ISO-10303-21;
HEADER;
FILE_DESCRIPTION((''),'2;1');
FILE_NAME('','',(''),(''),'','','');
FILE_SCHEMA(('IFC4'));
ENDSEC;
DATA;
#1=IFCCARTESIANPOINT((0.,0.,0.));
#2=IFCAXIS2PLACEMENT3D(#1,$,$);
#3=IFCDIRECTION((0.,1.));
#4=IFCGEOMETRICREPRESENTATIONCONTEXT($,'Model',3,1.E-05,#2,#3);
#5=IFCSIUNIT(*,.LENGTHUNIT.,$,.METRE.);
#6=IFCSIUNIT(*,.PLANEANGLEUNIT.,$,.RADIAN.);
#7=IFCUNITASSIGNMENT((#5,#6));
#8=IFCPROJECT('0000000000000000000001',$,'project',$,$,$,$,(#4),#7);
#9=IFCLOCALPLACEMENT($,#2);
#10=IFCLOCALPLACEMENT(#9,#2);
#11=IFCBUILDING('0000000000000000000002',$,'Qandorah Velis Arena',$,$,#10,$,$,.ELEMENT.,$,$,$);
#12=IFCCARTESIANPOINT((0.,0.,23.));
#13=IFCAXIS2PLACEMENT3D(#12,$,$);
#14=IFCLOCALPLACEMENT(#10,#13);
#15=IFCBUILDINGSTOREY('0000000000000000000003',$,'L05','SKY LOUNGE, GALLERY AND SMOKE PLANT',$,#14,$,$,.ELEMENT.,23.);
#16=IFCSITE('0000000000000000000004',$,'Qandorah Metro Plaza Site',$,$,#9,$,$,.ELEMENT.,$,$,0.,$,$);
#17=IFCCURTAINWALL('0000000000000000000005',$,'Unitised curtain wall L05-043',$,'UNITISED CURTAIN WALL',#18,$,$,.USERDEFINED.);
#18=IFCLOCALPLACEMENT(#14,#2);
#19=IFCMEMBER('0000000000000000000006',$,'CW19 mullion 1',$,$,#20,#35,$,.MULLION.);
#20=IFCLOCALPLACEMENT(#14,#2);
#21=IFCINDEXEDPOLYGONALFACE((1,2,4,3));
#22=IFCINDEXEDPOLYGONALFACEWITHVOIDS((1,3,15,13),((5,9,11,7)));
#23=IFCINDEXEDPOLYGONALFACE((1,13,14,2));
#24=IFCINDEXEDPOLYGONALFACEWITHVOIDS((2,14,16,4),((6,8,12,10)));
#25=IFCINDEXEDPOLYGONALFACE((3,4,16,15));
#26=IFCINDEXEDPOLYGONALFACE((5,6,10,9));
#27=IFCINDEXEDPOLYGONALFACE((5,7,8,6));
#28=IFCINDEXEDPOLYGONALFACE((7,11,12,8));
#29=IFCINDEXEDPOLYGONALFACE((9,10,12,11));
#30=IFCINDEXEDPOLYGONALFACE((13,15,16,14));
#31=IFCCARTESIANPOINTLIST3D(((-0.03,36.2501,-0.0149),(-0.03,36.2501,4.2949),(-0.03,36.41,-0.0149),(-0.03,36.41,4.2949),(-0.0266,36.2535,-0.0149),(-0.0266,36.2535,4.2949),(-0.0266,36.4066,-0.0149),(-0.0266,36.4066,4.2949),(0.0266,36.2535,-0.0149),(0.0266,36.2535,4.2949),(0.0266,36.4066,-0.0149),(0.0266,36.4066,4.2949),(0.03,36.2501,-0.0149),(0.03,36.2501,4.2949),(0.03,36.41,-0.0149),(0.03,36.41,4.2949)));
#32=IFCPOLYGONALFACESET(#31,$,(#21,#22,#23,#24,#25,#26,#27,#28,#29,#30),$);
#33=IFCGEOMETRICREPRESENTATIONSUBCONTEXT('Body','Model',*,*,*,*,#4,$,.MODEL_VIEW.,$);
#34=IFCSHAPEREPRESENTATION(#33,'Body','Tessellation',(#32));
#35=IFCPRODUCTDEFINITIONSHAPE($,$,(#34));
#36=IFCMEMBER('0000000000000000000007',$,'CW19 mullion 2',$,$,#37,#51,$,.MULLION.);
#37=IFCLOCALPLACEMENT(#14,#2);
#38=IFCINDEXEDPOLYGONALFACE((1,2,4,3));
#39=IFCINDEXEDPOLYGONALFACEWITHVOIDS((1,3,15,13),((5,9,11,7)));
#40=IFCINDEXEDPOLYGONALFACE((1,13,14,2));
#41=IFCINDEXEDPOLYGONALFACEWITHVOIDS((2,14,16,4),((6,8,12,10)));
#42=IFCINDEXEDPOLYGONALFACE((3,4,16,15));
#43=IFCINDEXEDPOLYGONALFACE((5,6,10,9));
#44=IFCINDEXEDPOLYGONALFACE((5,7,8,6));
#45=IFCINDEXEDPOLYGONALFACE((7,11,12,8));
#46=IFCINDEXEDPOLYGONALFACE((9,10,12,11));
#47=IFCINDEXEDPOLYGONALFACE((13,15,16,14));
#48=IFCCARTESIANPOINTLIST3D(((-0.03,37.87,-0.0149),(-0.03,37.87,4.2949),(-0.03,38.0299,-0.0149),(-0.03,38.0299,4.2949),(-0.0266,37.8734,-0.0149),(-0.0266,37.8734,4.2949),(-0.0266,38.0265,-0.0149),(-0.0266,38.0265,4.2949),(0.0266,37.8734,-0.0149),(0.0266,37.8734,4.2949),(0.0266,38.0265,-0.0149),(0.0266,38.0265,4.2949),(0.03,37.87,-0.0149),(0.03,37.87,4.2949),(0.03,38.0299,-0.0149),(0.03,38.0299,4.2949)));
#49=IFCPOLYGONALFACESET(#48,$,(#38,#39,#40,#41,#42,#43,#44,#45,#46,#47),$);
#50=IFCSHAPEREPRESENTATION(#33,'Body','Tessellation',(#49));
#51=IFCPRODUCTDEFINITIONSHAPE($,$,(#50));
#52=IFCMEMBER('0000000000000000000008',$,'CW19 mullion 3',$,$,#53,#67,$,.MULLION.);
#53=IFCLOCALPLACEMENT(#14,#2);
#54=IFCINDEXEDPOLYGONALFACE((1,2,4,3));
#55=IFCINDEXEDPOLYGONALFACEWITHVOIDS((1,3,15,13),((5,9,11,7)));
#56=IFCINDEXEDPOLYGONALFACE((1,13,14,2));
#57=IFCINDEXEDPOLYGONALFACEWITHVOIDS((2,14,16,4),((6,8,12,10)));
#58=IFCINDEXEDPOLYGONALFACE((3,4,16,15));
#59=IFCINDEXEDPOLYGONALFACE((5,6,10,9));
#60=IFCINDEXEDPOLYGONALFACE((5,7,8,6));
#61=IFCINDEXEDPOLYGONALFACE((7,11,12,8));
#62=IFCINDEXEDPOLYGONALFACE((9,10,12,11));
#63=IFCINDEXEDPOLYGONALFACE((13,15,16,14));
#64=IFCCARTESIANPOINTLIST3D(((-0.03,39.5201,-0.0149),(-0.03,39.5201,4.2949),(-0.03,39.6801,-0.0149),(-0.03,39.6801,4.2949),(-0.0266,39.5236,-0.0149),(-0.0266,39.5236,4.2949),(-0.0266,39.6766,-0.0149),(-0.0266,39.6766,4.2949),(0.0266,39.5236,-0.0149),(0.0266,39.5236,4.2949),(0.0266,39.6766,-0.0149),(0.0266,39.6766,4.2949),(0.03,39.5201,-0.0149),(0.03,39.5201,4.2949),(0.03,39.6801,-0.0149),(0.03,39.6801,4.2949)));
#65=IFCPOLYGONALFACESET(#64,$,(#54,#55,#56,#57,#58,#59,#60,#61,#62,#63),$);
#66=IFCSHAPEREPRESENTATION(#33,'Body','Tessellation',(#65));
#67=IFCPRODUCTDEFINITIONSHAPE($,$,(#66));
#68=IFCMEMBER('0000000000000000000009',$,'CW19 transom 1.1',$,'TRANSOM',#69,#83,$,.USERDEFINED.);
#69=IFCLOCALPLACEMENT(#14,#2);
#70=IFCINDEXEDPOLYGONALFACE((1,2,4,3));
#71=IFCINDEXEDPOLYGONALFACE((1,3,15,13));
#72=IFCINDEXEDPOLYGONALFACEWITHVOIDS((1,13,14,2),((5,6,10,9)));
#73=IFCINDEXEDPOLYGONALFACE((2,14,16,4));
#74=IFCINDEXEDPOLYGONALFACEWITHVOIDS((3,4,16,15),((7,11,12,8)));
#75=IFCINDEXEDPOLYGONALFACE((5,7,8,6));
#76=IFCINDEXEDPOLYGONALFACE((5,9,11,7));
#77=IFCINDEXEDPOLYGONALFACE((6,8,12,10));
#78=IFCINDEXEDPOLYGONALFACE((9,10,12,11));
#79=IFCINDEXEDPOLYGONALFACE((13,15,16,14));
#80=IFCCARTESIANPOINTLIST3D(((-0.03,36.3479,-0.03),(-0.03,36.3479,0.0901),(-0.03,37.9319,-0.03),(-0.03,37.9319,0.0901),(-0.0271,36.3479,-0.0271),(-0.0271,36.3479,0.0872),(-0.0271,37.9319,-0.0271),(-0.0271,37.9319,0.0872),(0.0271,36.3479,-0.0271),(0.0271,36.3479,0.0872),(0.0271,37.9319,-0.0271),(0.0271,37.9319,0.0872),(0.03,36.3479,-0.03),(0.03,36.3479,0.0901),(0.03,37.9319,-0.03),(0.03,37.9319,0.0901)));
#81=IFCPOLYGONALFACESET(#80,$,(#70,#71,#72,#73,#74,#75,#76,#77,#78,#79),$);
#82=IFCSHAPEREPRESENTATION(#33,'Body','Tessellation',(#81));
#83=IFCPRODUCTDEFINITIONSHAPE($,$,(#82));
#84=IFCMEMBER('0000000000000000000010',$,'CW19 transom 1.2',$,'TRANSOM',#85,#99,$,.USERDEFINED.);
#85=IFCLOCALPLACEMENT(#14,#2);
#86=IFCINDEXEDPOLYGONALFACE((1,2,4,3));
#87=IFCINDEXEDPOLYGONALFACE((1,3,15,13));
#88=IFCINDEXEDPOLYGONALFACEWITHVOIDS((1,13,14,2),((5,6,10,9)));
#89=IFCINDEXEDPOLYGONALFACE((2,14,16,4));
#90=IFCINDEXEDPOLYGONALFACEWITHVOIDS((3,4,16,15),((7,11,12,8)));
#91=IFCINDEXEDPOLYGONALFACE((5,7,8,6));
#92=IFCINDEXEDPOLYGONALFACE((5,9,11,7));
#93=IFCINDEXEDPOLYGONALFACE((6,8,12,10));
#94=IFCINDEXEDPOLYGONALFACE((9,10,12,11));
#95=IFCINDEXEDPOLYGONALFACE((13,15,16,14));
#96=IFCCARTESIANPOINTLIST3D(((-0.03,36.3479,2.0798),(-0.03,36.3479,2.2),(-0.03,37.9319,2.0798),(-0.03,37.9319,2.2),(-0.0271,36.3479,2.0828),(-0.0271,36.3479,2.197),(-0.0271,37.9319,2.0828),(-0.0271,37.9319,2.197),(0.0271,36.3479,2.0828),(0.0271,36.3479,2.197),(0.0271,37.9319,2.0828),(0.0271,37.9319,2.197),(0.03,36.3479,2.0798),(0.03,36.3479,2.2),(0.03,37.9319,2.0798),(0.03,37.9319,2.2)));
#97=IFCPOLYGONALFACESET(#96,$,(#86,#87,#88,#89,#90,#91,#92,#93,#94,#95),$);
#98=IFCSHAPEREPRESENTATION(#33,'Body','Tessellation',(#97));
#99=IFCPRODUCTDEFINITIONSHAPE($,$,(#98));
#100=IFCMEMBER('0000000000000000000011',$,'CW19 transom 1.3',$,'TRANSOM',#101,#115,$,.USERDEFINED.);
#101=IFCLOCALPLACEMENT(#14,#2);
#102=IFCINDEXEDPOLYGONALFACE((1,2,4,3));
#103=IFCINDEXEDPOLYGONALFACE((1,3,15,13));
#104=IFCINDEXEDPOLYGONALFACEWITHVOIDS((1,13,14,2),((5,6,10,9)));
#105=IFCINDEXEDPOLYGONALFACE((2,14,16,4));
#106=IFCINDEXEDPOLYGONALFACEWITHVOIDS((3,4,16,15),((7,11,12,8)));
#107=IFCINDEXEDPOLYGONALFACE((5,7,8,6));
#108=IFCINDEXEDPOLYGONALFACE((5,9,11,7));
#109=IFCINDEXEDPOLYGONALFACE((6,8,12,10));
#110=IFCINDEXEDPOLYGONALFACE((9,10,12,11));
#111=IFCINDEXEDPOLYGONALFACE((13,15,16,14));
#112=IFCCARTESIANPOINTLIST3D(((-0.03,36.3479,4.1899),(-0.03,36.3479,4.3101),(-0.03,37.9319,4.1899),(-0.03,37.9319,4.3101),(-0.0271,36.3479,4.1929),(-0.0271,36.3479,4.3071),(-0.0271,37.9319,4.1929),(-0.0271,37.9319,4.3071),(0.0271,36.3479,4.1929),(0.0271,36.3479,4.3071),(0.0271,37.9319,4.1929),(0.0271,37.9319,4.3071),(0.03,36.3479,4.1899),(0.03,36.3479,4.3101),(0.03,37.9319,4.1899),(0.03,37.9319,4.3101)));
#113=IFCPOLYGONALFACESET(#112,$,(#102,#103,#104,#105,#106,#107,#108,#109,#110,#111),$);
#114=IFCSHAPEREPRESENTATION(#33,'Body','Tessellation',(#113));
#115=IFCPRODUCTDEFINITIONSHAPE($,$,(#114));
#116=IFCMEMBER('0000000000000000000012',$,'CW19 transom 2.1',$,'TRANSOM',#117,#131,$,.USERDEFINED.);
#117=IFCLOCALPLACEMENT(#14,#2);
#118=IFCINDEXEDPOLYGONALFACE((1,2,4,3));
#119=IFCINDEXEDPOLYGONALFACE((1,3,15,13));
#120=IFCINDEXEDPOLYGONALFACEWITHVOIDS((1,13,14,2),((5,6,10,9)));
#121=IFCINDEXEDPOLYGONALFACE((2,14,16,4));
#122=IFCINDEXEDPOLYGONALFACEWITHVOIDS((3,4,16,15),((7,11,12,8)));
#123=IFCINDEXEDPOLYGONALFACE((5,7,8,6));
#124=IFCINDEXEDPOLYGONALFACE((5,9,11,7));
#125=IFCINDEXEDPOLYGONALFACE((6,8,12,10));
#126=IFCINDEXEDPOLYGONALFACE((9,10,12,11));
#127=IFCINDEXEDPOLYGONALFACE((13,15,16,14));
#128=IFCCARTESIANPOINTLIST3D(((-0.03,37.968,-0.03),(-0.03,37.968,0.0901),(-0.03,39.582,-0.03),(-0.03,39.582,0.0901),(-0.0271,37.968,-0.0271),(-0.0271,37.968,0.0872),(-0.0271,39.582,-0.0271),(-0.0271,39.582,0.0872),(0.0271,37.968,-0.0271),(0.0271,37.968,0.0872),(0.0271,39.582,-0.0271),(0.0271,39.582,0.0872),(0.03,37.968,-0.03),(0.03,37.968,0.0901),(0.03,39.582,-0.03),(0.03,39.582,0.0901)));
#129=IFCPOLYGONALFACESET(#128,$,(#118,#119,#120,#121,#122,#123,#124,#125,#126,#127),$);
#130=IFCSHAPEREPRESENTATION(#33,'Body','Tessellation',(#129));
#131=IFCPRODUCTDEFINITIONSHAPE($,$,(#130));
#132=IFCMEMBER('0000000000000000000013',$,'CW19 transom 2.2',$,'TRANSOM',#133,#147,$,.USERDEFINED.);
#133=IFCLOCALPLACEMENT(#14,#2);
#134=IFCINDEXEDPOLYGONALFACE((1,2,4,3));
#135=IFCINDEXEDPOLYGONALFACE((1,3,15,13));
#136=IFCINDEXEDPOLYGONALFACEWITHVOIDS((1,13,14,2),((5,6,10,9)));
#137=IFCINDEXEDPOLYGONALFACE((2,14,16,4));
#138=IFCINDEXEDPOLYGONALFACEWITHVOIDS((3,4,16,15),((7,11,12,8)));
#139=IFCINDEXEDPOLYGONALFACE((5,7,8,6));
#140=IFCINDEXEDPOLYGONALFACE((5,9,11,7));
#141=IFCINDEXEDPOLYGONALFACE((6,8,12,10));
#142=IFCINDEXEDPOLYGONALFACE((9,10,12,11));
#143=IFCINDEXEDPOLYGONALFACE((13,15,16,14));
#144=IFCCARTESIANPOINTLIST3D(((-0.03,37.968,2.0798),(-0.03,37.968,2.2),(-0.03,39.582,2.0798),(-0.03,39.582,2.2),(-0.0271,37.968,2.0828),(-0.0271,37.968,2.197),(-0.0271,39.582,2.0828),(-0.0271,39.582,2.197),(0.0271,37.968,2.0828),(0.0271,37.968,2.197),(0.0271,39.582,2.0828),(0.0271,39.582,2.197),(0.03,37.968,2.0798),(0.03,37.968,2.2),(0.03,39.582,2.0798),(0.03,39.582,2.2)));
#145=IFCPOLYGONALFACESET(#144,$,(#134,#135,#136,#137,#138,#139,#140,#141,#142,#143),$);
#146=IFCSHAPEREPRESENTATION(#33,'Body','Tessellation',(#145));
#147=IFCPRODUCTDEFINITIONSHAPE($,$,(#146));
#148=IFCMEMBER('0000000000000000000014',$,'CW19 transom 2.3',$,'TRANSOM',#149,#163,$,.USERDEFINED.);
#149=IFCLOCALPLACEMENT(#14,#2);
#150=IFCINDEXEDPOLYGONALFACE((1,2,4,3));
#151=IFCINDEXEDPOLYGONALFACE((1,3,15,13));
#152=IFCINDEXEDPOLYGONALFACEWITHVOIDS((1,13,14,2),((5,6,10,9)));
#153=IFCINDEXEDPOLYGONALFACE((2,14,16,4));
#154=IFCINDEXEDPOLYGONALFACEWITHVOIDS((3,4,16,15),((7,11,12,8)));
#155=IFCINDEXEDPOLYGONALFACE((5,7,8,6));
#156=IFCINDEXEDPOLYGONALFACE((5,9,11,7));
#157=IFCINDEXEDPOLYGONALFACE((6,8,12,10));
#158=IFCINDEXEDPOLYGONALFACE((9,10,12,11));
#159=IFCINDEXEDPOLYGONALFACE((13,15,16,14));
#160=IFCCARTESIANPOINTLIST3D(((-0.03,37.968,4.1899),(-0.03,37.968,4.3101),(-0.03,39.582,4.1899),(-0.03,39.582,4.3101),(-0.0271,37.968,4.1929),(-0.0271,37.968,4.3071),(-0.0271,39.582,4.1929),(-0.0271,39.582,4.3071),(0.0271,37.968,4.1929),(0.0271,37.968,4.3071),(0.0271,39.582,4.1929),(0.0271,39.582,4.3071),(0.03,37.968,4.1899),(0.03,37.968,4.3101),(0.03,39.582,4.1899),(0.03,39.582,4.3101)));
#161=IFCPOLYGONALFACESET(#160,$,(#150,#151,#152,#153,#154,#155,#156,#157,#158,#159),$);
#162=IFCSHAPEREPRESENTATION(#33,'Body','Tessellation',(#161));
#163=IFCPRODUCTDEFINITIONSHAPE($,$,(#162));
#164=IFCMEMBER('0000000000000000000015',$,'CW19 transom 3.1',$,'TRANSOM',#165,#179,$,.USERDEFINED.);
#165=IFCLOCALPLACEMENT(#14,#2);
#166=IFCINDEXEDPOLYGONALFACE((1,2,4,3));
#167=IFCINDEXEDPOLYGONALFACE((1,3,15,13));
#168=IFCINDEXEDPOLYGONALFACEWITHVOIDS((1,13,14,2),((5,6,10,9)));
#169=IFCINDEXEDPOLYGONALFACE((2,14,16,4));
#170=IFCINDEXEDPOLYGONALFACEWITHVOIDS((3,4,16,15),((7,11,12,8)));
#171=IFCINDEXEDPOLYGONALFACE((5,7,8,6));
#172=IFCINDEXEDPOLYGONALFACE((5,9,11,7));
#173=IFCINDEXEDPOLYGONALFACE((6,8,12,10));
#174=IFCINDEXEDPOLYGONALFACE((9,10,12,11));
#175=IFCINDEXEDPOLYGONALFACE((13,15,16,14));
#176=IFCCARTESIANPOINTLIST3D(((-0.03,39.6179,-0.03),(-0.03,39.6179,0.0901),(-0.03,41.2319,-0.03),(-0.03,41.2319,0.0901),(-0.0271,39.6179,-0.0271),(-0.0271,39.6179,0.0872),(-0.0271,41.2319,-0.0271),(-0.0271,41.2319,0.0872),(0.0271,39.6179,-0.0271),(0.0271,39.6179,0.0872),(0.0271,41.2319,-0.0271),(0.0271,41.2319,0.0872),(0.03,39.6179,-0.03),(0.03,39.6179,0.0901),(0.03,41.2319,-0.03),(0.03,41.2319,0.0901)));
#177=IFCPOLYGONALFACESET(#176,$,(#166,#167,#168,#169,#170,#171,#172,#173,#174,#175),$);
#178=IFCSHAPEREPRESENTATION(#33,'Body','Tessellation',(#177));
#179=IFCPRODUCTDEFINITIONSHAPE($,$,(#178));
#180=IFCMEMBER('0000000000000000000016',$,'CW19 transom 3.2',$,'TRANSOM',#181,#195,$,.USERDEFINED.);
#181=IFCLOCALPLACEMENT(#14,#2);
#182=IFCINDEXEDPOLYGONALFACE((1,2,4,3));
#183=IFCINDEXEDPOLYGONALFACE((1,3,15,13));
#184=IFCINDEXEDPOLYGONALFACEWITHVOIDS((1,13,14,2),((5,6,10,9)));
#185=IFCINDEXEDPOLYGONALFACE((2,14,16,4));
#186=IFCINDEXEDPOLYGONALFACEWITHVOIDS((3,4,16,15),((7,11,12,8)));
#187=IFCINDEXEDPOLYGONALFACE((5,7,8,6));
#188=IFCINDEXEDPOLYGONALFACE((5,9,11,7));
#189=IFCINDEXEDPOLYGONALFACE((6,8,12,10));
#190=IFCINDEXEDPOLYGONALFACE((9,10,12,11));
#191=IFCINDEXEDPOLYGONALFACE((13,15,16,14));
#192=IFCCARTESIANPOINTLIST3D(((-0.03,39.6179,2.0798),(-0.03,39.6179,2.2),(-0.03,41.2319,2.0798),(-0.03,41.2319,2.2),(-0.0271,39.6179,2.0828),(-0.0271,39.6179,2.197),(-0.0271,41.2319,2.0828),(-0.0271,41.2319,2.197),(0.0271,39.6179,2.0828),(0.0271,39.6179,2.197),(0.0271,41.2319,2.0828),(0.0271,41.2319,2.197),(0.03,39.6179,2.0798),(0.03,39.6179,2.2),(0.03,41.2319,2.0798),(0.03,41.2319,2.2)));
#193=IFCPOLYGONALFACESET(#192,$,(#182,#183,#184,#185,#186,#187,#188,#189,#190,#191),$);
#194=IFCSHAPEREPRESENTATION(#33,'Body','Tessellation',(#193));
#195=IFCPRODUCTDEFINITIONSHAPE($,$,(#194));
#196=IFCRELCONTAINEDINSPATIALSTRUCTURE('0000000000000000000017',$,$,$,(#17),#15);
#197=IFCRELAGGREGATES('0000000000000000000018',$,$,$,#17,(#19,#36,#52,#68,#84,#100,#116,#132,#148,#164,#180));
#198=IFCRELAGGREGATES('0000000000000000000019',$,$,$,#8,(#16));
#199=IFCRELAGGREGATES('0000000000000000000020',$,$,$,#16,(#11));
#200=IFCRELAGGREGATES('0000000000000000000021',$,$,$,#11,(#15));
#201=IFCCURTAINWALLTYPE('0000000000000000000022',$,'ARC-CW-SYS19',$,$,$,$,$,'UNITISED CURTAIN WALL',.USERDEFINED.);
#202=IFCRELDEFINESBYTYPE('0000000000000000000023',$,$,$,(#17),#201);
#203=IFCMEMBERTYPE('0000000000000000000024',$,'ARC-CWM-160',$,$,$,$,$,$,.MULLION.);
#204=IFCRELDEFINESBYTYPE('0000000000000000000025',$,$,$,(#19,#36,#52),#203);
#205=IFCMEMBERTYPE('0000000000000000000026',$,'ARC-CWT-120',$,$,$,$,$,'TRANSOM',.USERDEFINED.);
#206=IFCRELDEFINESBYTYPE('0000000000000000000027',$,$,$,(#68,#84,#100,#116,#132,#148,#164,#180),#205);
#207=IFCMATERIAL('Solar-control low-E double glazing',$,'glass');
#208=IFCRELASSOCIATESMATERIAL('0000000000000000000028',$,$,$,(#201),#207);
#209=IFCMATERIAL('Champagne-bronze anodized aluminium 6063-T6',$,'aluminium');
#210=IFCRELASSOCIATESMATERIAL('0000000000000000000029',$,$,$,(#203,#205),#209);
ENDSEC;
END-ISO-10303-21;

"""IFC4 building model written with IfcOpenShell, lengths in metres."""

from ifc_helpers import new_model, si_unit, direction, frame, origin, origin_2d, place, context, subcontext, project, spatial, hollow_rectangle, extrude, material, material_profile, profile_set, type_object, element, aggregate, save


model = new_model("IFC4")

# Units and contexts
model_context = context("Model", 3, precision=1e-05, world=origin(), true_north=direction((0.0, 1.0)))
body_context = subcontext(model_context, "Body", "Model", "MODEL_VIEW")
ifc_project = project(units=[si_unit("LENGTHUNIT", "METRE"), si_unit("PLANEANGLEUNIT", "RADIAN")], contexts=[model_context])

# Site, building, storey
site_placement = place(None, origin())
site = spatial("IfcSite", under=ifc_project, at=site_placement, Name="Qandorah Metro Plaza Site", CompositionType="ELEMENT", RefElevation=0.0)
building_placement = place(site_placement, origin())
building = spatial("IfcBuilding", under=site, at=building_placement, Name="Qandorah Velis Arena", CompositionType="ELEMENT")
storey_placement = place(building_placement, frame((0.0, 0.0, 23.0)))
storey = spatial("IfcBuildingStorey", under=building, at=storey_placement, Name="L05", Description="SKY LOUNGE, GALLERY AND SMOKE PLANT", CompositionType="ELEMENT", Elevation=23.0)

# Curtain wall, members
ifc_material_1 = material(Name="Solar-control low-E double glazing", Category="glass")
curtain_wall_type = type_object("IfcCurtainWallType", Name="ARC-CW-SYS19", ElementType="UNITISED CURTAIN WALL", PredefinedType="USERDEFINED", material=ifc_material_1)
curtain_wall_placement = place(storey_placement, origin())
curtain_wall = element("IfcCurtainWall", 1, at=curtain_wall_placement, inside=storey, type_object=curtain_wall_type, Name="Unitised curtain wall L05-043", ObjectType="UNITISED CURTAIN WALL", PredefinedType="USERDEFINED")
ifc_material_2 = material(Name="Champagne-bronze anodized aluminium 6063-T6", Category="aluminium")
ifc_material_profile_1 = material_profile(ifc_material_2, hollow_rectangle(XDim=0.0601, YDim=0.1599, WallThickness=0.0034, at=origin_2d()), Name="ALU MULLION 60x160")
ifc_profile_set_1 = profile_set([ifc_material_profile_1], Name="Champagne-bronze anodized aluminium 6063-T6")
member_type_1 = type_object("IfcMemberType", Name="ARC-CWM-160", PredefinedType="MULLION", material=ifc_profile_set_1)
member_1_placement = place(storey_placement, frame((0.0, 36.3301, -0.0149), z_axis=(0.0, 0.0, 1.0), x_axis=(-1.0, 0.0, 0.0)))
member_1 = element("IfcMember", 2, at=member_1_placement, type_object=member_type_1, Name="CW19 mullion 1", PredefinedType="MULLION", context=body_context, shape_type="SweptSolid", body=[
    extrude(hollow_rectangle(XDim=0.0601, YDim=0.1599, WallThickness=0.0034, at=origin_2d()), origin(), (0.0, 0.0, 1.0), 4.3098),
])
member_2_placement = place(storey_placement, frame((0.0, 37.95, -0.0149), z_axis=(0.0, 0.0, 1.0), x_axis=(-1.0, 0.0, 0.0)))
member_2 = element("IfcMember", 3, at=member_2_placement, type_object=member_type_1, Name="CW19 mullion 2", PredefinedType="MULLION", context=body_context, shape_type="SweptSolid", body=[
    extrude(hollow_rectangle(XDim=0.0601, YDim=0.1599, WallThickness=0.0034, at=origin_2d()), origin(), (0.0, 0.0, 1.0), 4.3098),
])
member_3_placement = place(storey_placement, frame((0.0, 39.6001, -0.0149), z_axis=(0.0, 0.0, 1.0), x_axis=(-1.0, 0.0, 0.0)))
member_3 = element("IfcMember", 4, at=member_3_placement, type_object=member_type_1, Name="CW19 mullion 3", PredefinedType="MULLION", context=body_context, shape_type="SweptSolid", body=[
    extrude(hollow_rectangle(XDim=0.0601, YDim=0.1599, WallThickness=0.0034, at=origin_2d()), origin(), (0.0, 0.0, 1.0), 4.3098),
])
ifc_material_profile_2 = material_profile(ifc_material_2, hollow_rectangle(XDim=0.0601, YDim=0.1201, WallThickness=0.0029, at=origin_2d()), Name="ALU TRANSOM 60x120")
ifc_profile_set_2 = profile_set([ifc_material_profile_2], Name="Champagne-bronze anodized aluminium 6063-T6")
member_type_2 = type_object("IfcMemberType", Name="ARC-CWT-120", ElementType="TRANSOM", PredefinedType="USERDEFINED", material=ifc_profile_set_2)
member_4_placement = place(storey_placement, frame((0.0, 36.3479, 0.03), z_axis=(0.0, 1.0, 0.0), x_axis=(-1.0, 0.0, 0.0)))
member_4 = element("IfcMember", 5, at=member_4_placement, type_object=member_type_2, Name="CW19 transom 1.1", ObjectType="TRANSOM", PredefinedType="USERDEFINED", context=body_context, shape_type="SweptSolid", body=[
    extrude(hollow_rectangle(XDim=0.0601, YDim=0.1201, WallThickness=0.0029, at=origin_2d()), origin(), (0.0, 0.0, 1.0), 1.584),
])
member_5_placement = place(storey_placement, frame((0.0, 36.3479, 2.1399), z_axis=(0.0, 1.0, 0.0), x_axis=(-1.0, 0.0, 0.0)))
member_5 = element("IfcMember", 6, at=member_5_placement, type_object=member_type_2, Name="CW19 transom 1.2", ObjectType="TRANSOM", PredefinedType="USERDEFINED", context=body_context, shape_type="SweptSolid", body=[
    extrude(hollow_rectangle(XDim=0.0601, YDim=0.1201, WallThickness=0.0029, at=origin_2d()), origin(), (0.0, 0.0, 1.0), 1.584),
])
member_6_placement = place(storey_placement, frame((0.0, 36.3479, 4.25), z_axis=(0.0, 1.0, 0.0), x_axis=(-1.0, 0.0, 0.0)))
member_6 = element("IfcMember", 7, at=member_6_placement, type_object=member_type_2, Name="CW19 transom 1.3", ObjectType="TRANSOM", PredefinedType="USERDEFINED", context=body_context, shape_type="SweptSolid", body=[
    extrude(hollow_rectangle(XDim=0.0601, YDim=0.1201, WallThickness=0.0029, at=origin_2d()), origin(), (0.0, 0.0, 1.0), 1.584),
])
member_7_placement = place(storey_placement, frame((0.0, 37.968, 0.03), z_axis=(0.0, 1.0, 0.0), x_axis=(-1.0, 0.0, 0.0)))
member_7 = element("IfcMember", 8, at=member_7_placement, type_object=member_type_2, Name="CW19 transom 2.1", ObjectType="TRANSOM", PredefinedType="USERDEFINED", context=body_context, shape_type="SweptSolid", body=[
    extrude(hollow_rectangle(XDim=0.0601, YDim=0.1201, WallThickness=0.0029, at=origin_2d()), origin(), (0.0, 0.0, 1.0), 1.614),
])
member_8_placement = place(storey_placement, frame((0.0, 37.968, 2.1399), z_axis=(0.0, 1.0, 0.0), x_axis=(-1.0, 0.0, 0.0)))
member_8 = element("IfcMember", 9, at=member_8_placement, type_object=member_type_2, Name="CW19 transom 2.2", ObjectType="TRANSOM", PredefinedType="USERDEFINED", context=body_context, shape_type="SweptSolid", body=[
    extrude(hollow_rectangle(XDim=0.0601, YDim=0.1201, WallThickness=0.0029, at=origin_2d()), origin(), (0.0, 0.0, 1.0), 1.614),
])
member_9_placement = place(storey_placement, frame((0.0, 37.968, 4.25), z_axis=(0.0, 1.0, 0.0), x_axis=(-1.0, 0.0, 0.0)))
member_9 = element("IfcMember", 10, at=member_9_placement, type_object=member_type_2, Name="CW19 transom 2.3", ObjectType="TRANSOM", PredefinedType="USERDEFINED", context=body_context, shape_type="SweptSolid", body=[
    extrude(hollow_rectangle(XDim=0.0601, YDim=0.1201, WallThickness=0.0029, at=origin_2d()), origin(), (0.0, 0.0, 1.0), 1.614),
])
member_10_placement = place(storey_placement, frame((0.0, 39.6179, 0.03), z_axis=(0.0, 1.0, 0.0), x_axis=(-1.0, 0.0, 0.0)))
member_10 = element("IfcMember", 11, at=member_10_placement, type_object=member_type_2, Name="CW19 transom 3.1", ObjectType="TRANSOM", PredefinedType="USERDEFINED", context=body_context, shape_type="SweptSolid", body=[
    extrude(hollow_rectangle(XDim=0.0601, YDim=0.1201, WallThickness=0.0029, at=origin_2d()), origin(), (0.0, 0.0, 1.0), 1.614),
])
member_11_placement = place(storey_placement, frame((0.0, 39.6179, 2.1399), z_axis=(0.0, 1.0, 0.0), x_axis=(-1.0, 0.0, 0.0)))
member_11 = element("IfcMember", 12, at=member_11_placement, type_object=member_type_2, Name="CW19 transom 3.2", ObjectType="TRANSOM", PredefinedType="USERDEFINED", context=body_context, shape_type="SweptSolid", body=[
    extrude(hollow_rectangle(XDim=0.0601, YDim=0.1201, WallThickness=0.0029, at=origin_2d()), origin(), (0.0, 0.0, 1.0), 1.614),
])
aggregate(curtain_wall, [member_1, member_2, member_3, member_4, member_5, member_6, member_7, member_8, member_9, member_10, member_11])

save(model, "model.ifc")
